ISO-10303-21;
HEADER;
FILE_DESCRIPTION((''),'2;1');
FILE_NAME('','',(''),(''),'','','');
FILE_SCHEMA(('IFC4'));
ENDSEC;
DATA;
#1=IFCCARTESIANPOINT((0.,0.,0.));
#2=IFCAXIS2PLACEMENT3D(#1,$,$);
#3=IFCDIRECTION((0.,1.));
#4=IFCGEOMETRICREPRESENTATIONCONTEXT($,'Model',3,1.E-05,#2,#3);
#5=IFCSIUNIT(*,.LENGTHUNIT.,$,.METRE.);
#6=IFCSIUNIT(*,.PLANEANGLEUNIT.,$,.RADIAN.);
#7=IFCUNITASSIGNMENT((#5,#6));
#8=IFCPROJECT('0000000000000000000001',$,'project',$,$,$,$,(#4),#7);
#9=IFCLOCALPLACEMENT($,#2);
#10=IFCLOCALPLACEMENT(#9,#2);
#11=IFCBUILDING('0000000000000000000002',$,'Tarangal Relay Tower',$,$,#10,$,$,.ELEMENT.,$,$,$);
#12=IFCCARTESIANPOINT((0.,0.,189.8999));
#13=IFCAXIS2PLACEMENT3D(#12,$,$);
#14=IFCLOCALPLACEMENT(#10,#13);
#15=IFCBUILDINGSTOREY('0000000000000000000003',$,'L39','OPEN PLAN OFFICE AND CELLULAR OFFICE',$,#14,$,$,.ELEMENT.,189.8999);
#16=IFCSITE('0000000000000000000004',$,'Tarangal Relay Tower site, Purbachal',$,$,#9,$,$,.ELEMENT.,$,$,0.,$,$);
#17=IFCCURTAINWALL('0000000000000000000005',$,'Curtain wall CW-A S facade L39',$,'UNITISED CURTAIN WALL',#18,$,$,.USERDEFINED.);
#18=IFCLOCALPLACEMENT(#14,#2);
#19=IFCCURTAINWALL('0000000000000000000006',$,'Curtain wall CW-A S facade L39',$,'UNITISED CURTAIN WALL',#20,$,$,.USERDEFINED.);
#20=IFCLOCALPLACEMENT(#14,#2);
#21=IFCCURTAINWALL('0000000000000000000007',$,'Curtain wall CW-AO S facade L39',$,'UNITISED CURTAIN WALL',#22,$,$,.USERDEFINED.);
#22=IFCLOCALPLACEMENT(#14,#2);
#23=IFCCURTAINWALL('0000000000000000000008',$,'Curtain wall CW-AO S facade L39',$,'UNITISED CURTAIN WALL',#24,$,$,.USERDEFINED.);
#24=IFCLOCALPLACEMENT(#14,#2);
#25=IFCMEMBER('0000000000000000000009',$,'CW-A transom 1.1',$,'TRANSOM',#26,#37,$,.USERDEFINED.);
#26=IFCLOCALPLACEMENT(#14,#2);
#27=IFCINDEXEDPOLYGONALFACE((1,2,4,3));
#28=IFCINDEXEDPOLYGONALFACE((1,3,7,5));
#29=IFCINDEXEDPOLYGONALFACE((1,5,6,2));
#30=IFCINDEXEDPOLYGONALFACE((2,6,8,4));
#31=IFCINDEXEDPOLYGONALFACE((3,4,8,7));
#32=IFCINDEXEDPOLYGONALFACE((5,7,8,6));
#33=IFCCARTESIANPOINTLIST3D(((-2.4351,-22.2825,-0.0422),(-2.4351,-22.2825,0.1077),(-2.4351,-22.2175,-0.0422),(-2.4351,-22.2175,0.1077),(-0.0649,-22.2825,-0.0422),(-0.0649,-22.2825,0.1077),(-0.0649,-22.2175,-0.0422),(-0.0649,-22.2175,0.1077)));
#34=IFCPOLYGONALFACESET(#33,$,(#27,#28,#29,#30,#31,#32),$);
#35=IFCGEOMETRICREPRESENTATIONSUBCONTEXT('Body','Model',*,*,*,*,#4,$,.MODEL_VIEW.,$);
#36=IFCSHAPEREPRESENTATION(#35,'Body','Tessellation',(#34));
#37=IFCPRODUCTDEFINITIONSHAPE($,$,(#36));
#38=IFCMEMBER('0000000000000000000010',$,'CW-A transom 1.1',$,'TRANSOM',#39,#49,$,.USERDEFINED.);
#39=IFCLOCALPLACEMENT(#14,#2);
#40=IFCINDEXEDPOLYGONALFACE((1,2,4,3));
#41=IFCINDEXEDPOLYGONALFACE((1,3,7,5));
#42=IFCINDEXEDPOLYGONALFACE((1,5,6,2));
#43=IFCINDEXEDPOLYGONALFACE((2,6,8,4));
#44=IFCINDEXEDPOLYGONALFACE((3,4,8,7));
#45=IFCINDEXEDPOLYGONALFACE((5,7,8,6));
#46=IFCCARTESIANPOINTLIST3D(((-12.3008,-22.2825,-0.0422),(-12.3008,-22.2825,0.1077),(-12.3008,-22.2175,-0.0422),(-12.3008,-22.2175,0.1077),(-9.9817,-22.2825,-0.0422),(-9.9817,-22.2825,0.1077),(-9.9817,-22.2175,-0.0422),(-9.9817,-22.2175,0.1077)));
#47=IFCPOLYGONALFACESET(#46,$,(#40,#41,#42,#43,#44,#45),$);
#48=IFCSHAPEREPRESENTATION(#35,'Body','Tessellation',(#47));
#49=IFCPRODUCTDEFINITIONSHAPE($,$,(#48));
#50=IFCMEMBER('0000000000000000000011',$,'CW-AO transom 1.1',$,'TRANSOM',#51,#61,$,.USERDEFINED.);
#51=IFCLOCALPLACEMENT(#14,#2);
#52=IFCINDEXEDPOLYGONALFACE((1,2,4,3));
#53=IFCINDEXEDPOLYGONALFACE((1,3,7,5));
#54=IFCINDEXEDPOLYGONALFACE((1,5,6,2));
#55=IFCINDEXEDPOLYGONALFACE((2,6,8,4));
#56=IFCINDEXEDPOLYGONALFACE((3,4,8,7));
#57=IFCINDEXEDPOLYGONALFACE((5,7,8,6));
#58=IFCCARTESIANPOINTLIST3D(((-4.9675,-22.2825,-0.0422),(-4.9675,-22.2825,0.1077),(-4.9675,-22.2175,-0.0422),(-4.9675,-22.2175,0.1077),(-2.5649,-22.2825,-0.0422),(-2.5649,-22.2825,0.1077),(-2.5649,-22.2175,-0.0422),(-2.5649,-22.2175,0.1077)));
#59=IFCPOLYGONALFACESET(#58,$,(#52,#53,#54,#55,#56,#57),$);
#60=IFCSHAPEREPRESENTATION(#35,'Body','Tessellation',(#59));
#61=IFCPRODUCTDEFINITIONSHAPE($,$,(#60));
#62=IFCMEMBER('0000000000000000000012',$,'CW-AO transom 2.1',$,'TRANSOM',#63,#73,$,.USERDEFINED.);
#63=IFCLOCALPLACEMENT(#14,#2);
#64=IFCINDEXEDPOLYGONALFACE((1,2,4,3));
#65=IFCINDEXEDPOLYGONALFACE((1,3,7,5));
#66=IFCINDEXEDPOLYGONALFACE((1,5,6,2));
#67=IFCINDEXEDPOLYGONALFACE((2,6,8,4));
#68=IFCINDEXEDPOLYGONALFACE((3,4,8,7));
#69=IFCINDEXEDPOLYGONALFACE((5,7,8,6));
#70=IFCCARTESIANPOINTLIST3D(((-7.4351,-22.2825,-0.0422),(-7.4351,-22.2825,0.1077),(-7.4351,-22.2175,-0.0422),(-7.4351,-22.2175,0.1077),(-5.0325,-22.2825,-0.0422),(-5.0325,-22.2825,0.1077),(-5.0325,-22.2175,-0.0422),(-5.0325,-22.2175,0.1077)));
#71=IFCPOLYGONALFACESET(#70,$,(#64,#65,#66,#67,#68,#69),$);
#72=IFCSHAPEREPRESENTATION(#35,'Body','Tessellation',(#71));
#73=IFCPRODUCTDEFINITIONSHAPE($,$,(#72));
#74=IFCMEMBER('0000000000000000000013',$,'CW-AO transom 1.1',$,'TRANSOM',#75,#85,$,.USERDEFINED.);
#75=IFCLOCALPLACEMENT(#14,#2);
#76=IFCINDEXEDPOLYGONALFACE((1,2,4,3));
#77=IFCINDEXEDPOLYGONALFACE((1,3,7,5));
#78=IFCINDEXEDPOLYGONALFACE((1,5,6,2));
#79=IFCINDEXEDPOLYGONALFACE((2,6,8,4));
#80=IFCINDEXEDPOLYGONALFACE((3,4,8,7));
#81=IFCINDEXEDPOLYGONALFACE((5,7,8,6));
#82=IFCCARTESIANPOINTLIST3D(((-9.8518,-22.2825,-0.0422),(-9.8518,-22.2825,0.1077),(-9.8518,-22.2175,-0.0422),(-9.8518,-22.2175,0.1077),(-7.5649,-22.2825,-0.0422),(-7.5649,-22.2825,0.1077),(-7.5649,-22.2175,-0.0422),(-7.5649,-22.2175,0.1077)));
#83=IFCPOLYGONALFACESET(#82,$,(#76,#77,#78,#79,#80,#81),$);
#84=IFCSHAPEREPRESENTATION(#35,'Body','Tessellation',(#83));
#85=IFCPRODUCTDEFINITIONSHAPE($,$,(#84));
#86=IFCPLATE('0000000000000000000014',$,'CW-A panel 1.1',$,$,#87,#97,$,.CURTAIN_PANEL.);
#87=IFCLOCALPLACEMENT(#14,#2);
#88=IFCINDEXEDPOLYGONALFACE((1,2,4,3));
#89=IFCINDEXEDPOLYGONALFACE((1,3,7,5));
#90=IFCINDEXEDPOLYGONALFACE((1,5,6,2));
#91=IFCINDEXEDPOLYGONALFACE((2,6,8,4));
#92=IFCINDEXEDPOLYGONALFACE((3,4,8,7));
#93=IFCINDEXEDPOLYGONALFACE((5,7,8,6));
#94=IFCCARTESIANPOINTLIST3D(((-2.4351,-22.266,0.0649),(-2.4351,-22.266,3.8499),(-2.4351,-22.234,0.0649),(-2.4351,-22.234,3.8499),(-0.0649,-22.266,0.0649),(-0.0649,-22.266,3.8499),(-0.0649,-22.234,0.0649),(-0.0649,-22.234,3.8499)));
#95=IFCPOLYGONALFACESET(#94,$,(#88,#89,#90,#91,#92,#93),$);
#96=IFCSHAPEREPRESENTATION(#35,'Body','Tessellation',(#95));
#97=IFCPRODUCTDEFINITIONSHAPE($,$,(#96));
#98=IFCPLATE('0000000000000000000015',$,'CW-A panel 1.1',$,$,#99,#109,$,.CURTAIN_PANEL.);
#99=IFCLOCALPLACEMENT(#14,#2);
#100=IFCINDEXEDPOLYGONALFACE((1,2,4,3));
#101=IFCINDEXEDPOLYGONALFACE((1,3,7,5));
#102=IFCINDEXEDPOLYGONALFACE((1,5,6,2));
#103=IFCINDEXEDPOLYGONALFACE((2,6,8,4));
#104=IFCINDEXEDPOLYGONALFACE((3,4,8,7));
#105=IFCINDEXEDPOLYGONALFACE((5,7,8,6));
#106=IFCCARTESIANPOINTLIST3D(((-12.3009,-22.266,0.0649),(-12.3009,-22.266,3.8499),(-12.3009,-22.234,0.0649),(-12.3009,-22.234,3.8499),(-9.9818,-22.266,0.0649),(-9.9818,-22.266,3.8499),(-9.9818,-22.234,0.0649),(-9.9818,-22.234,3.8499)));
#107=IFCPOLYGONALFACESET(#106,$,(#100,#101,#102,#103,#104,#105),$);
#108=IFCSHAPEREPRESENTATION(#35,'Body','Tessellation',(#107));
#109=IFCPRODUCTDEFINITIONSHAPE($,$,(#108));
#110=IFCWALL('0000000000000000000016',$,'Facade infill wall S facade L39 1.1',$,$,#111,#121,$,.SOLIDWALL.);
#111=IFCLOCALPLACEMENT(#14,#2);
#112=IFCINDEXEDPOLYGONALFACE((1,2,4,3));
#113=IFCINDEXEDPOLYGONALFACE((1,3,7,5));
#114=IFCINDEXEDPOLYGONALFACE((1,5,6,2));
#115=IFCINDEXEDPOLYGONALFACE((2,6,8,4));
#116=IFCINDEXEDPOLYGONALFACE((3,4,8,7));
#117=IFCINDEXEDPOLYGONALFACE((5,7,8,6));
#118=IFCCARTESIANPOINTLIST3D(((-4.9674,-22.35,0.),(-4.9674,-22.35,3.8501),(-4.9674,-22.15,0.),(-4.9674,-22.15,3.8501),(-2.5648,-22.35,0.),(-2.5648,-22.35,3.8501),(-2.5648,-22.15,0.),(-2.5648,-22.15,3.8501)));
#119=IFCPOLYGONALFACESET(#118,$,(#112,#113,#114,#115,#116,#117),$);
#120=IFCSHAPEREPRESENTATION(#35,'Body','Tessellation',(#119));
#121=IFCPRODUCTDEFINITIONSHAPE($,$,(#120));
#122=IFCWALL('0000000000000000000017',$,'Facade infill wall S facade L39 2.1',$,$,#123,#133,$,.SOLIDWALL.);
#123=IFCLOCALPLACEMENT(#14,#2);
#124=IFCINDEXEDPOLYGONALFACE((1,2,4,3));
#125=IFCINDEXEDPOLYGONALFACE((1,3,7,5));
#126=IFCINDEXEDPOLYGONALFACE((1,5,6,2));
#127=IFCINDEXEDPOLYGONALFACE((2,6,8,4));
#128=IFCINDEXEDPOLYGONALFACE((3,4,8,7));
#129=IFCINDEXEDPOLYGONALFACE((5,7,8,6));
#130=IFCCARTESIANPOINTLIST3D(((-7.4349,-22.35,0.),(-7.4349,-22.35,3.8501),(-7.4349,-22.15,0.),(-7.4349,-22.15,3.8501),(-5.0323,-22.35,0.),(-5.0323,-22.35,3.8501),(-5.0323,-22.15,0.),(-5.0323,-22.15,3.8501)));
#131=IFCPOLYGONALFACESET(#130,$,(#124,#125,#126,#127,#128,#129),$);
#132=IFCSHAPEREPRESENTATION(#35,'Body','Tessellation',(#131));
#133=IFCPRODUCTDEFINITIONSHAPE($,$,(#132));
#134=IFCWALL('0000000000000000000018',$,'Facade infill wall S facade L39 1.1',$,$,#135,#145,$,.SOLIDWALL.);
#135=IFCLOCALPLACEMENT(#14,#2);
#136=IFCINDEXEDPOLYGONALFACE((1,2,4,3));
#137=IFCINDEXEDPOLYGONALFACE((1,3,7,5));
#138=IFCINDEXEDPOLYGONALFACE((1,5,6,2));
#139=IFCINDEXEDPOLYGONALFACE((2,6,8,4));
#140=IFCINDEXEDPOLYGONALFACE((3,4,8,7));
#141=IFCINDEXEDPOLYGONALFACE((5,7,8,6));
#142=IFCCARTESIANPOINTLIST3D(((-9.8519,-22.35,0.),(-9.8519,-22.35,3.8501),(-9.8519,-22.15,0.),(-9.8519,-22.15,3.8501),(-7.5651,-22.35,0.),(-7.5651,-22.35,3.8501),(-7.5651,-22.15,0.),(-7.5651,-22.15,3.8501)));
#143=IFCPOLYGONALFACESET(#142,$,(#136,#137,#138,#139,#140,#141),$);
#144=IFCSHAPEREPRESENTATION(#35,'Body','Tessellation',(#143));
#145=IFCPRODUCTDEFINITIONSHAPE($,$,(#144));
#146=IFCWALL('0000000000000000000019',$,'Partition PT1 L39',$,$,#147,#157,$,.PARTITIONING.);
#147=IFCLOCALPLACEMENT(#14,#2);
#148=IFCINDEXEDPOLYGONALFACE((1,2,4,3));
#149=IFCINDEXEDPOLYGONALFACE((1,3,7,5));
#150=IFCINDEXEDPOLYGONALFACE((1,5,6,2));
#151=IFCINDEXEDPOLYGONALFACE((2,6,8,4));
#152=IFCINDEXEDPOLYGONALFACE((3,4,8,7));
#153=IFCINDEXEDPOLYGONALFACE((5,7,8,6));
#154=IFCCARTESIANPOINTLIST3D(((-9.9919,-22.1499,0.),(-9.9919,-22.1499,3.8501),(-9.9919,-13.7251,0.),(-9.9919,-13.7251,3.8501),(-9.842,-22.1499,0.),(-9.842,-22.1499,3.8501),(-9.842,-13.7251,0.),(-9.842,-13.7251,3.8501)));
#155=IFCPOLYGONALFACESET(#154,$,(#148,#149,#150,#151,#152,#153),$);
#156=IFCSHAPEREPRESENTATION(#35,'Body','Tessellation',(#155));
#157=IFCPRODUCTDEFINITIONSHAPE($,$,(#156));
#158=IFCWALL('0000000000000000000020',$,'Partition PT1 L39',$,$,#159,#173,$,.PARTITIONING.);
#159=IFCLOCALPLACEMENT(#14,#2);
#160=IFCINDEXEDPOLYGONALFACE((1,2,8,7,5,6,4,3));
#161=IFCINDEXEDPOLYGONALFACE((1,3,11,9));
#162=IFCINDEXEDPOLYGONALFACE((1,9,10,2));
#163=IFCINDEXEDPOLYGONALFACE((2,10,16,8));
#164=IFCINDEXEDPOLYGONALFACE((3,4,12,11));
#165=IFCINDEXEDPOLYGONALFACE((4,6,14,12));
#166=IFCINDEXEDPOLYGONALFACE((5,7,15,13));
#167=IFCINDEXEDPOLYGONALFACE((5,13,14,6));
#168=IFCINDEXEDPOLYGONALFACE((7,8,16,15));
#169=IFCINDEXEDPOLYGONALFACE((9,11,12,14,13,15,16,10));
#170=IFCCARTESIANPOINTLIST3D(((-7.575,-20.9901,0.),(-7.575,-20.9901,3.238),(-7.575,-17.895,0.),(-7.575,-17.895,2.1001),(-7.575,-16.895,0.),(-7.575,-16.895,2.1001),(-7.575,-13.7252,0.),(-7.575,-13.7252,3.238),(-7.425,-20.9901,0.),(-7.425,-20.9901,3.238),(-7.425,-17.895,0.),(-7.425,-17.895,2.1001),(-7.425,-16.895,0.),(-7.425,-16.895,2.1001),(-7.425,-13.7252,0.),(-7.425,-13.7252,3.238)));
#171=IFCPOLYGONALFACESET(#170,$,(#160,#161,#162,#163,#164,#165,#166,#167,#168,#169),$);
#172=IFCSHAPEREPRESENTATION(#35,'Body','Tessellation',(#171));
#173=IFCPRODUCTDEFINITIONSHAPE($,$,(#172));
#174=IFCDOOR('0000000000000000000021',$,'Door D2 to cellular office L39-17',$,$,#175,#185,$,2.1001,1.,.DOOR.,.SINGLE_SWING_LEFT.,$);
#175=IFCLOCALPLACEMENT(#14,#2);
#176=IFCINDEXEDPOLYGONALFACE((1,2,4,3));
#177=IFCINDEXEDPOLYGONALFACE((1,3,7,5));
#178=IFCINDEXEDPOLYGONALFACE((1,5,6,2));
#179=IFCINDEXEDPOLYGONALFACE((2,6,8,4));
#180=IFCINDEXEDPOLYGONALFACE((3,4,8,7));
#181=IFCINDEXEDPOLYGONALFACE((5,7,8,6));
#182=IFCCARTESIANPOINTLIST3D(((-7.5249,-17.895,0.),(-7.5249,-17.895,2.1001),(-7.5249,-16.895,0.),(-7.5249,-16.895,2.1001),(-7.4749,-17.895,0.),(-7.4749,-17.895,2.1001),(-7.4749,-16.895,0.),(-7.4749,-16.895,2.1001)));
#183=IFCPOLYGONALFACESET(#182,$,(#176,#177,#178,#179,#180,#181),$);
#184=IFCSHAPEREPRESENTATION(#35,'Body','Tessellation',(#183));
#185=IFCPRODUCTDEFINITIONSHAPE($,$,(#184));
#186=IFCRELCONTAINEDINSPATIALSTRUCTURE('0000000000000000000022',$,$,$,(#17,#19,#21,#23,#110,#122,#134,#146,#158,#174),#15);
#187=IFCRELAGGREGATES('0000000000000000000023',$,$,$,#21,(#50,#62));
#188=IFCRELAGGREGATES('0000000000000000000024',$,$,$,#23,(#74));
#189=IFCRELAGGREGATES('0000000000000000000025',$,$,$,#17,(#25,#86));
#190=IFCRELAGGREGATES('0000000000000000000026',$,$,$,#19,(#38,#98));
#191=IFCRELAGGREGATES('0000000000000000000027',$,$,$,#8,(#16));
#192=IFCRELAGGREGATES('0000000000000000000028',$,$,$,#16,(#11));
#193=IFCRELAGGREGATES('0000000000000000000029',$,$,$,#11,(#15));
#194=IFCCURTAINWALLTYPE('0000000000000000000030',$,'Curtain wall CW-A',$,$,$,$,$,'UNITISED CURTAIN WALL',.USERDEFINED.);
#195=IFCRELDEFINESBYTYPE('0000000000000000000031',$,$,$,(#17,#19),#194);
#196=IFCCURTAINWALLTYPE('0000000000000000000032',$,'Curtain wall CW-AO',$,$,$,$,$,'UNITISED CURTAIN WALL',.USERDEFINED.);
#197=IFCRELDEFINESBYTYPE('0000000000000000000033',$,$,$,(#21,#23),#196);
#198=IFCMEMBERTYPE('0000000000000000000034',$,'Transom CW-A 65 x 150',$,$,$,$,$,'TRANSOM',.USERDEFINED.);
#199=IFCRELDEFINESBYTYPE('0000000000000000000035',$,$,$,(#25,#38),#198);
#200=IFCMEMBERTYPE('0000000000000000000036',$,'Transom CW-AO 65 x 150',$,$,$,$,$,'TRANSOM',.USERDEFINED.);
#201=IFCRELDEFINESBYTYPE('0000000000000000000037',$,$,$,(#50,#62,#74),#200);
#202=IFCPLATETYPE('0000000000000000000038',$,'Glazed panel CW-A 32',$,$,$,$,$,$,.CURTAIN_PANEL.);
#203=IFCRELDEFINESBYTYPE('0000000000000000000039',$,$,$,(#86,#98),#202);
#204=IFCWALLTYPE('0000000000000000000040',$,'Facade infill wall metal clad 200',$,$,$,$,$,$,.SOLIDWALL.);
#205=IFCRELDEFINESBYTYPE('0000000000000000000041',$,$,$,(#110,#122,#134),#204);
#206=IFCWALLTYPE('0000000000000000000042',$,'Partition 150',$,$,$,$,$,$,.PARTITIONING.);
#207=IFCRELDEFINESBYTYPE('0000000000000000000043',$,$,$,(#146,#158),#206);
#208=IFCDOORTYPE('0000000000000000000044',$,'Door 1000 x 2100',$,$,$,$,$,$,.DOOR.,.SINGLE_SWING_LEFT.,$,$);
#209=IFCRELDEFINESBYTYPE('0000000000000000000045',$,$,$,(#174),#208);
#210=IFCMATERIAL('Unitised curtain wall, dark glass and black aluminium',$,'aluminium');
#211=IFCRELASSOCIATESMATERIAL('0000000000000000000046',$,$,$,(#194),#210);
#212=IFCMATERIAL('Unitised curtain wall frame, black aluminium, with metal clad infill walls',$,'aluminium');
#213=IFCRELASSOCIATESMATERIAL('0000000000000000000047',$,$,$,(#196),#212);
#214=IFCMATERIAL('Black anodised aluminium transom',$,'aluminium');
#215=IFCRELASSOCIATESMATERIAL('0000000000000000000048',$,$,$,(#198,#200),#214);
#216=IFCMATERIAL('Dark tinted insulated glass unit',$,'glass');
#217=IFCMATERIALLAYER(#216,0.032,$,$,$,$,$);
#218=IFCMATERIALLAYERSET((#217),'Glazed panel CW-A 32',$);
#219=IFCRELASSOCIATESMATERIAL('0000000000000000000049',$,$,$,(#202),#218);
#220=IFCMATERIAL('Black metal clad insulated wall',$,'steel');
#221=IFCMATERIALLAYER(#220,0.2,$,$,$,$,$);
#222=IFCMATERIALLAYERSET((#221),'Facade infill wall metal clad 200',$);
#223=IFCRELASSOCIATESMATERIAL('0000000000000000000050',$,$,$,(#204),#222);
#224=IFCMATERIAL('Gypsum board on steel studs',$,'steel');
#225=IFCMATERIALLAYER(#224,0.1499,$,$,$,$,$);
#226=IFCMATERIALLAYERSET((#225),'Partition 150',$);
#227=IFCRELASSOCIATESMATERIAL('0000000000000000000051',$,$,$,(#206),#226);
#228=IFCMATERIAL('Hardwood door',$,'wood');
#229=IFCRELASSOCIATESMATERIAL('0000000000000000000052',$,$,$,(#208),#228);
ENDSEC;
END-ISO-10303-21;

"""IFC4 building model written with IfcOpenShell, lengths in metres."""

from ifc_helpers import new_model, si_unit, direction, frame, frame_2d, origin, origin_2d, place, context, subcontext, project, spatial, rectangle, extrude, material, layer, layer_set, material_profile, profile_set, type_object, element, fill, aggregate, save


model = new_model("IFC4")

# Units and contexts
model_context = context("Model", 3, precision=1e-05, world=origin(), true_north=direction((0.0, 1.0)))
body_context = subcontext(model_context, "Body", "Model", "MODEL_VIEW")
ifc_project = project(units=[si_unit("LENGTHUNIT", "METRE"), si_unit("PLANEANGLEUNIT", "RADIAN")], contexts=[model_context])

# Site, building, storey
site_placement = place(None, origin())
site = spatial("IfcSite", under=ifc_project, at=site_placement, Name="Tarangal Relay Tower site, Purbachal", CompositionType="ELEMENT", RefElevation=0.0)
building_placement = place(site_placement, origin())
building = spatial("IfcBuilding", under=site, at=building_placement, Name="Tarangal Relay Tower", CompositionType="ELEMENT")
storey_placement = place(building_placement, frame((0.0, 0.0, 189.8999)))
storey = spatial("IfcBuildingStorey", under=building, at=storey_placement, Name="L39", Description="OPEN PLAN OFFICE AND CELLULAR OFFICE", CompositionType="ELEMENT", Elevation=189.8999)

# Curtain wall
ifc_material_1 = material(Name="Unitised curtain wall, dark glass and black aluminium", Category="aluminium")
curtain_wall_type_1 = type_object("IfcCurtainWallType", Name="Curtain wall CW-A", ElementType="UNITISED CURTAIN WALL", PredefinedType="USERDEFINED", material=ifc_material_1)
curtain_wall_1_placement = place(storey_placement, origin())
curtain_wall_1 = element("IfcCurtainWall", 1, at=curtain_wall_1_placement, inside=storey, type_object=curtain_wall_type_1, Name="Curtain wall CW-A S facade L39", ObjectType="UNITISED CURTAIN WALL", PredefinedType="USERDEFINED")

# Curtain wall
curtain_wall_2_placement = place(storey_placement, origin())
curtain_wall_2 = element("IfcCurtainWall", 2, at=curtain_wall_2_placement, inside=storey, type_object=curtain_wall_type_1, Name="Curtain wall CW-A S facade L39", ObjectType="UNITISED CURTAIN WALL", PredefinedType="USERDEFINED")

# Curtain walls
ifc_material_2 = material(Name="Unitised curtain wall frame, black aluminium, with metal clad infill walls", Category="aluminium")
curtain_wall_type_2 = type_object("IfcCurtainWallType", Name="Curtain wall CW-AO", ElementType="UNITISED CURTAIN WALL", PredefinedType="USERDEFINED", material=ifc_material_2)
curtain_wall_3_placement = place(storey_placement, origin())
curtain_wall_3 = element("IfcCurtainWall", 3, at=curtain_wall_3_placement, inside=storey, type_object=curtain_wall_type_2, Name="Curtain wall CW-AO S facade L39", ObjectType="UNITISED CURTAIN WALL", PredefinedType="USERDEFINED")
curtain_wall_4_placement = place(storey_placement, origin())
curtain_wall_4 = element("IfcCurtainWall", 4, at=curtain_wall_4_placement, inside=storey, type_object=curtain_wall_type_2, Name="Curtain wall CW-AO S facade L39", ObjectType="UNITISED CURTAIN WALL", PredefinedType="USERDEFINED")

# Members
ifc_material_3 = material(Name="Black anodised aluminium transom", Category="aluminium")
ifc_material_profile_1 = material_profile(ifc_material_3, rectangle(XDim=0.0649, YDim=0.1499, at=origin_2d()), Name="CW-AT 65X150")
ifc_profile_set_1 = profile_set([ifc_material_profile_1], Name="Black anodised aluminium transom")
member_type_1 = type_object("IfcMemberType", Name="Transom CW-A 65 x 150", ElementType="TRANSOM", PredefinedType="USERDEFINED", material=ifc_profile_set_1)
member_1_placement = place(storey_placement, frame((-0.0649, -22.25, 0.0327), z_axis=(-1.0, 0.0, 0.0), x_axis=(0.0, -1.0, 0.0)))
member_1 = element("IfcMember", 5, at=member_1_placement, type_object=member_type_1, Name="CW-A transom 1.1", ObjectType="TRANSOM", PredefinedType="USERDEFINED", context=body_context, shape_type="SweptSolid", body=[
    extrude(rectangle(XDim=0.0649, YDim=0.1499, at=origin_2d()), origin(), (0.0, 0.0, 1.0), 2.3701),
])
member_2_placement = place(storey_placement, frame((-9.9817, -22.25, 0.0327), z_axis=(-1.0, 0.0, 0.0), x_axis=(0.0, -1.0, 0.0)))
member_2 = element("IfcMember", 6, at=member_2_placement, type_object=member_type_1, Name="CW-A transom 1.1", ObjectType="TRANSOM", PredefinedType="USERDEFINED", context=body_context, shape_type="SweptSolid", body=[
    extrude(rectangle(XDim=0.0649, YDim=0.1499, at=origin_2d()), origin(), (0.0, 0.0, 1.0), 2.3191),
])
ifc_material_profile_2 = material_profile(ifc_material_3, rectangle(XDim=0.0649, YDim=0.1499, at=origin_2d()), Name="CW-AOT 65X150")
ifc_profile_set_2 = profile_set([ifc_material_profile_2], Name="Black anodised aluminium transom")
member_type_2 = type_object("IfcMemberType", Name="Transom CW-AO 65 x 150", ElementType="TRANSOM", PredefinedType="USERDEFINED", material=ifc_profile_set_2)
member_3_placement = place(storey_placement, frame((-2.5649, -22.25, 0.0327), z_axis=(-1.0, 0.0, 0.0), x_axis=(0.0, -1.0, 0.0)))
member_3 = element("IfcMember", 7, at=member_3_placement, type_object=member_type_2, Name="CW-AO transom 1.1", ObjectType="TRANSOM", PredefinedType="USERDEFINED", context=body_context, shape_type="SweptSolid", body=[
    extrude(rectangle(XDim=0.0649, YDim=0.1499, at=origin_2d()), origin(), (0.0, 0.0, 1.0), 2.4026),
])
member_4_placement = place(storey_placement, frame((-5.0325, -22.25, 0.0327), z_axis=(-1.0, 0.0, 0.0), x_axis=(0.0, -1.0, 0.0)))
member_4 = element("IfcMember", 8, at=member_4_placement, type_object=member_type_2, Name="CW-AO transom 2.1", ObjectType="TRANSOM", PredefinedType="USERDEFINED", context=body_context, shape_type="SweptSolid", body=[
    extrude(rectangle(XDim=0.0649, YDim=0.1499, at=origin_2d()), origin(), (0.0, 0.0, 1.0), 2.4026),
])
aggregate(curtain_wall_3, [member_3, member_4])
member_5_placement = place(storey_placement, frame((-7.5649, -22.25, 0.0327), z_axis=(-1.0, 0.0, 0.0), x_axis=(0.0, -1.0, 0.0)))
member_5 = element("IfcMember", 9, at=member_5_placement, type_object=member_type_2, Name="CW-AO transom 1.1", ObjectType="TRANSOM", PredefinedType="USERDEFINED", context=body_context, shape_type="SweptSolid", body=[
    extrude(rectangle(XDim=0.0649, YDim=0.1499, at=origin_2d()), origin(), (0.0, 0.0, 1.0), 2.2869),
])
aggregate(curtain_wall_4, [member_5])

# Plates
ifc_material_4 = material(Name="Dark tinted insulated glass unit", Category="glass")
ifc_layer_1 = layer(ifc_material_4, 0.032)
ifc_layer_set_1 = layer_set([ifc_layer_1], Name="Glazed panel CW-A 32")
plate_type = type_object("IfcPlateType", Name="Glazed panel CW-A 32", PredefinedType="CURTAIN_PANEL", material=ifc_layer_set_1)
plate_1_placement = place(storey_placement, frame((-1.25, -22.25, 0.0649), z_axis=(0.0, 0.0, 1.0), x_axis=(-1.0, 0.0, 0.0)))
plate_1 = element("IfcPlate", 10, at=plate_1_placement, type_object=plate_type, Name="CW-A panel 1.1", PredefinedType="CURTAIN_PANEL", context=body_context, shape_type="SweptSolid", body=[
    extrude(rectangle(XDim=2.3701, YDim=0.032, at=origin_2d()), origin(), (0.0, 0.0, 1.0), 3.7849),
])
aggregate(curtain_wall_1, [member_1, plate_1])
plate_2_placement = place(storey_placement, frame((-11.1414, -22.25, 0.0649), z_axis=(0.0, 0.0, 1.0), x_axis=(-1.0, 0.0, 0.0)))
plate_2 = element("IfcPlate", 11, at=plate_2_placement, type_object=plate_type, Name="CW-A panel 1.1", PredefinedType="CURTAIN_PANEL", context=body_context, shape_type="SweptSolid", body=[
    extrude(rectangle(XDim=2.3191, YDim=0.032, at=origin_2d()), origin(), (0.0, 0.0, 1.0), 3.7849),
])
aggregate(curtain_wall_2, [member_2, plate_2])

# Walls
ifc_material_5 = material(Name="Black metal clad insulated wall", Category="steel")
ifc_layer_2 = layer(ifc_material_5, 0.2)
ifc_layer_set_2 = layer_set([ifc_layer_2], Name="Facade infill wall metal clad 200")
wall_type_1 = type_object("IfcWallType", Name="Facade infill wall metal clad 200", PredefinedType="SOLIDWALL", material=ifc_layer_set_2)
for number, where, z_axis, x_axis, name in (
    (12, (-2.5649, -22.25, 0.0), (0.0, 0.0, 1.0), (-1.0, 0.0, 0.0), "Facade infill wall S facade L39 1.1"),
    (13, (-5.0325, -22.25, 0.0), (0.0, 0.0, 1.0), (-1.0, 0.0, 0.0), "Facade infill wall S facade L39 2.1"),
):
    element("IfcWall", number, at=place(storey_placement, frame(where, z_axis=z_axis, x_axis=x_axis)), inside=storey, type_object=wall_type_1, Name=name, PredefinedType="SOLIDWALL", context=body_context, shape_type="SweptSolid", body=[
        extrude(rectangle(XDim=2.4026, YDim=0.2, at=frame_2d((1.2012, 0.0))), origin(), (0.0, 0.0, 1.0), 3.8501),
    ])
wall_1_placement = place(storey_placement, frame((-7.5649, -22.25, 0.0), z_axis=(0.0, 0.0, 1.0), x_axis=(-1.0, 0.0, 0.0)))
element("IfcWall", 14, at=wall_1_placement, inside=storey, type_object=wall_type_1, Name="Facade infill wall S facade L39 1.1", PredefinedType="SOLIDWALL", context=body_context, shape_type="SweptSolid", body=[
    extrude(rectangle(XDim=2.2869, YDim=0.2, at=frame_2d((1.1436, 0.0))), origin(), (0.0, 0.0, 1.0), 3.8501),
])
ifc_material_6 = material(Name="Gypsum board on steel studs", Category="steel")
ifc_layer_3 = layer(ifc_material_6, 0.1499)
ifc_layer_set_3 = layer_set([ifc_layer_3], Name="Partition 150")
wall_type_2 = type_object("IfcWallType", Name="Partition 150", PredefinedType="PARTITIONING", material=ifc_layer_set_3)
wall_2_placement = place(storey_placement, frame((-9.917, -22.1499, 0.0), z_axis=(0.0, 0.0, 1.0), x_axis=(0.0, 1.0, 0.0)))
element("IfcWall", 15, at=wall_2_placement, inside=storey, type_object=wall_type_2, Name="Partition PT1 L39", PredefinedType="PARTITIONING", context=body_context, shape_type="SweptSolid", body=[
    extrude(rectangle(XDim=8.4248, YDim=0.1499, at=frame_2d((4.2124, 0.0))), origin(), (0.0, 0.0, 1.0), 3.8501),
])

# Wall, opening, door
wall_3_placement = place(storey_placement, frame((-7.5, -20.99, 0.0), z_axis=(0.0, 0.0, 1.0), x_axis=(0.0, 1.0, 0.0)))
wall_3 = element("IfcWall", 16, at=wall_3_placement, inside=storey, type_object=wall_type_2, Name="Partition PT1 L39", PredefinedType="PARTITIONING", context=body_context, shape_type="SweptSolid", body=[
    extrude(rectangle(XDim=7.2649, YDim=0.1499, at=frame_2d((3.6323, 0.0))), origin(), (0.0, 0.0, 1.0), 3.238),
])
opening_placement = place(wall_3_placement, frame((3.095, 0.0, 0.0)))
opening = element("IfcOpeningElement", 17, at=opening_placement, cuts=wall_3, PredefinedType="OPENING", context=body_context, shape_type="SweptSolid", body=[
    extrude(rectangle(XDim=1.0, YDim=2.1001, at=frame_2d((0.5, 1.05))), frame((0.0, 0.085, 0.0), z_axis=(0.0, -1.0, 0.0), x_axis=(1.0, 0.0, 0.0)), (0.0, 0.0, 1.0), 0.1699),
])
ifc_material_7 = material(Name="Hardwood door", Category="wood")
door_type = type_object("IfcDoorType", Name="Door 1000 x 2100", OperationType="SINGLE_SWING_LEFT", PredefinedType="DOOR", material=ifc_material_7)
door_placement = place(opening_placement, origin())
door = element("IfcDoor", 18, at=door_placement, inside=storey, type_object=door_type, Name="Door D2 to cellular office L39-17", OperationType="SINGLE_SWING_LEFT", OverallHeight=2.1001, OverallWidth=1.0, PredefinedType="DOOR", context=body_context, shape_type="SweptSolid", body=[
    extrude(rectangle(XDim=1.0, YDim=2.1001, at=frame_2d((0.5, 1.05))), frame((0.0, 0.0249, 0.0), z_axis=(0.0, -1.0, 0.0), x_axis=(1.0, 0.0, 0.0)), (0.0, 0.0, 1.0), 0.05),
])
fill(opening, door)

save(model, "model.ifc")
